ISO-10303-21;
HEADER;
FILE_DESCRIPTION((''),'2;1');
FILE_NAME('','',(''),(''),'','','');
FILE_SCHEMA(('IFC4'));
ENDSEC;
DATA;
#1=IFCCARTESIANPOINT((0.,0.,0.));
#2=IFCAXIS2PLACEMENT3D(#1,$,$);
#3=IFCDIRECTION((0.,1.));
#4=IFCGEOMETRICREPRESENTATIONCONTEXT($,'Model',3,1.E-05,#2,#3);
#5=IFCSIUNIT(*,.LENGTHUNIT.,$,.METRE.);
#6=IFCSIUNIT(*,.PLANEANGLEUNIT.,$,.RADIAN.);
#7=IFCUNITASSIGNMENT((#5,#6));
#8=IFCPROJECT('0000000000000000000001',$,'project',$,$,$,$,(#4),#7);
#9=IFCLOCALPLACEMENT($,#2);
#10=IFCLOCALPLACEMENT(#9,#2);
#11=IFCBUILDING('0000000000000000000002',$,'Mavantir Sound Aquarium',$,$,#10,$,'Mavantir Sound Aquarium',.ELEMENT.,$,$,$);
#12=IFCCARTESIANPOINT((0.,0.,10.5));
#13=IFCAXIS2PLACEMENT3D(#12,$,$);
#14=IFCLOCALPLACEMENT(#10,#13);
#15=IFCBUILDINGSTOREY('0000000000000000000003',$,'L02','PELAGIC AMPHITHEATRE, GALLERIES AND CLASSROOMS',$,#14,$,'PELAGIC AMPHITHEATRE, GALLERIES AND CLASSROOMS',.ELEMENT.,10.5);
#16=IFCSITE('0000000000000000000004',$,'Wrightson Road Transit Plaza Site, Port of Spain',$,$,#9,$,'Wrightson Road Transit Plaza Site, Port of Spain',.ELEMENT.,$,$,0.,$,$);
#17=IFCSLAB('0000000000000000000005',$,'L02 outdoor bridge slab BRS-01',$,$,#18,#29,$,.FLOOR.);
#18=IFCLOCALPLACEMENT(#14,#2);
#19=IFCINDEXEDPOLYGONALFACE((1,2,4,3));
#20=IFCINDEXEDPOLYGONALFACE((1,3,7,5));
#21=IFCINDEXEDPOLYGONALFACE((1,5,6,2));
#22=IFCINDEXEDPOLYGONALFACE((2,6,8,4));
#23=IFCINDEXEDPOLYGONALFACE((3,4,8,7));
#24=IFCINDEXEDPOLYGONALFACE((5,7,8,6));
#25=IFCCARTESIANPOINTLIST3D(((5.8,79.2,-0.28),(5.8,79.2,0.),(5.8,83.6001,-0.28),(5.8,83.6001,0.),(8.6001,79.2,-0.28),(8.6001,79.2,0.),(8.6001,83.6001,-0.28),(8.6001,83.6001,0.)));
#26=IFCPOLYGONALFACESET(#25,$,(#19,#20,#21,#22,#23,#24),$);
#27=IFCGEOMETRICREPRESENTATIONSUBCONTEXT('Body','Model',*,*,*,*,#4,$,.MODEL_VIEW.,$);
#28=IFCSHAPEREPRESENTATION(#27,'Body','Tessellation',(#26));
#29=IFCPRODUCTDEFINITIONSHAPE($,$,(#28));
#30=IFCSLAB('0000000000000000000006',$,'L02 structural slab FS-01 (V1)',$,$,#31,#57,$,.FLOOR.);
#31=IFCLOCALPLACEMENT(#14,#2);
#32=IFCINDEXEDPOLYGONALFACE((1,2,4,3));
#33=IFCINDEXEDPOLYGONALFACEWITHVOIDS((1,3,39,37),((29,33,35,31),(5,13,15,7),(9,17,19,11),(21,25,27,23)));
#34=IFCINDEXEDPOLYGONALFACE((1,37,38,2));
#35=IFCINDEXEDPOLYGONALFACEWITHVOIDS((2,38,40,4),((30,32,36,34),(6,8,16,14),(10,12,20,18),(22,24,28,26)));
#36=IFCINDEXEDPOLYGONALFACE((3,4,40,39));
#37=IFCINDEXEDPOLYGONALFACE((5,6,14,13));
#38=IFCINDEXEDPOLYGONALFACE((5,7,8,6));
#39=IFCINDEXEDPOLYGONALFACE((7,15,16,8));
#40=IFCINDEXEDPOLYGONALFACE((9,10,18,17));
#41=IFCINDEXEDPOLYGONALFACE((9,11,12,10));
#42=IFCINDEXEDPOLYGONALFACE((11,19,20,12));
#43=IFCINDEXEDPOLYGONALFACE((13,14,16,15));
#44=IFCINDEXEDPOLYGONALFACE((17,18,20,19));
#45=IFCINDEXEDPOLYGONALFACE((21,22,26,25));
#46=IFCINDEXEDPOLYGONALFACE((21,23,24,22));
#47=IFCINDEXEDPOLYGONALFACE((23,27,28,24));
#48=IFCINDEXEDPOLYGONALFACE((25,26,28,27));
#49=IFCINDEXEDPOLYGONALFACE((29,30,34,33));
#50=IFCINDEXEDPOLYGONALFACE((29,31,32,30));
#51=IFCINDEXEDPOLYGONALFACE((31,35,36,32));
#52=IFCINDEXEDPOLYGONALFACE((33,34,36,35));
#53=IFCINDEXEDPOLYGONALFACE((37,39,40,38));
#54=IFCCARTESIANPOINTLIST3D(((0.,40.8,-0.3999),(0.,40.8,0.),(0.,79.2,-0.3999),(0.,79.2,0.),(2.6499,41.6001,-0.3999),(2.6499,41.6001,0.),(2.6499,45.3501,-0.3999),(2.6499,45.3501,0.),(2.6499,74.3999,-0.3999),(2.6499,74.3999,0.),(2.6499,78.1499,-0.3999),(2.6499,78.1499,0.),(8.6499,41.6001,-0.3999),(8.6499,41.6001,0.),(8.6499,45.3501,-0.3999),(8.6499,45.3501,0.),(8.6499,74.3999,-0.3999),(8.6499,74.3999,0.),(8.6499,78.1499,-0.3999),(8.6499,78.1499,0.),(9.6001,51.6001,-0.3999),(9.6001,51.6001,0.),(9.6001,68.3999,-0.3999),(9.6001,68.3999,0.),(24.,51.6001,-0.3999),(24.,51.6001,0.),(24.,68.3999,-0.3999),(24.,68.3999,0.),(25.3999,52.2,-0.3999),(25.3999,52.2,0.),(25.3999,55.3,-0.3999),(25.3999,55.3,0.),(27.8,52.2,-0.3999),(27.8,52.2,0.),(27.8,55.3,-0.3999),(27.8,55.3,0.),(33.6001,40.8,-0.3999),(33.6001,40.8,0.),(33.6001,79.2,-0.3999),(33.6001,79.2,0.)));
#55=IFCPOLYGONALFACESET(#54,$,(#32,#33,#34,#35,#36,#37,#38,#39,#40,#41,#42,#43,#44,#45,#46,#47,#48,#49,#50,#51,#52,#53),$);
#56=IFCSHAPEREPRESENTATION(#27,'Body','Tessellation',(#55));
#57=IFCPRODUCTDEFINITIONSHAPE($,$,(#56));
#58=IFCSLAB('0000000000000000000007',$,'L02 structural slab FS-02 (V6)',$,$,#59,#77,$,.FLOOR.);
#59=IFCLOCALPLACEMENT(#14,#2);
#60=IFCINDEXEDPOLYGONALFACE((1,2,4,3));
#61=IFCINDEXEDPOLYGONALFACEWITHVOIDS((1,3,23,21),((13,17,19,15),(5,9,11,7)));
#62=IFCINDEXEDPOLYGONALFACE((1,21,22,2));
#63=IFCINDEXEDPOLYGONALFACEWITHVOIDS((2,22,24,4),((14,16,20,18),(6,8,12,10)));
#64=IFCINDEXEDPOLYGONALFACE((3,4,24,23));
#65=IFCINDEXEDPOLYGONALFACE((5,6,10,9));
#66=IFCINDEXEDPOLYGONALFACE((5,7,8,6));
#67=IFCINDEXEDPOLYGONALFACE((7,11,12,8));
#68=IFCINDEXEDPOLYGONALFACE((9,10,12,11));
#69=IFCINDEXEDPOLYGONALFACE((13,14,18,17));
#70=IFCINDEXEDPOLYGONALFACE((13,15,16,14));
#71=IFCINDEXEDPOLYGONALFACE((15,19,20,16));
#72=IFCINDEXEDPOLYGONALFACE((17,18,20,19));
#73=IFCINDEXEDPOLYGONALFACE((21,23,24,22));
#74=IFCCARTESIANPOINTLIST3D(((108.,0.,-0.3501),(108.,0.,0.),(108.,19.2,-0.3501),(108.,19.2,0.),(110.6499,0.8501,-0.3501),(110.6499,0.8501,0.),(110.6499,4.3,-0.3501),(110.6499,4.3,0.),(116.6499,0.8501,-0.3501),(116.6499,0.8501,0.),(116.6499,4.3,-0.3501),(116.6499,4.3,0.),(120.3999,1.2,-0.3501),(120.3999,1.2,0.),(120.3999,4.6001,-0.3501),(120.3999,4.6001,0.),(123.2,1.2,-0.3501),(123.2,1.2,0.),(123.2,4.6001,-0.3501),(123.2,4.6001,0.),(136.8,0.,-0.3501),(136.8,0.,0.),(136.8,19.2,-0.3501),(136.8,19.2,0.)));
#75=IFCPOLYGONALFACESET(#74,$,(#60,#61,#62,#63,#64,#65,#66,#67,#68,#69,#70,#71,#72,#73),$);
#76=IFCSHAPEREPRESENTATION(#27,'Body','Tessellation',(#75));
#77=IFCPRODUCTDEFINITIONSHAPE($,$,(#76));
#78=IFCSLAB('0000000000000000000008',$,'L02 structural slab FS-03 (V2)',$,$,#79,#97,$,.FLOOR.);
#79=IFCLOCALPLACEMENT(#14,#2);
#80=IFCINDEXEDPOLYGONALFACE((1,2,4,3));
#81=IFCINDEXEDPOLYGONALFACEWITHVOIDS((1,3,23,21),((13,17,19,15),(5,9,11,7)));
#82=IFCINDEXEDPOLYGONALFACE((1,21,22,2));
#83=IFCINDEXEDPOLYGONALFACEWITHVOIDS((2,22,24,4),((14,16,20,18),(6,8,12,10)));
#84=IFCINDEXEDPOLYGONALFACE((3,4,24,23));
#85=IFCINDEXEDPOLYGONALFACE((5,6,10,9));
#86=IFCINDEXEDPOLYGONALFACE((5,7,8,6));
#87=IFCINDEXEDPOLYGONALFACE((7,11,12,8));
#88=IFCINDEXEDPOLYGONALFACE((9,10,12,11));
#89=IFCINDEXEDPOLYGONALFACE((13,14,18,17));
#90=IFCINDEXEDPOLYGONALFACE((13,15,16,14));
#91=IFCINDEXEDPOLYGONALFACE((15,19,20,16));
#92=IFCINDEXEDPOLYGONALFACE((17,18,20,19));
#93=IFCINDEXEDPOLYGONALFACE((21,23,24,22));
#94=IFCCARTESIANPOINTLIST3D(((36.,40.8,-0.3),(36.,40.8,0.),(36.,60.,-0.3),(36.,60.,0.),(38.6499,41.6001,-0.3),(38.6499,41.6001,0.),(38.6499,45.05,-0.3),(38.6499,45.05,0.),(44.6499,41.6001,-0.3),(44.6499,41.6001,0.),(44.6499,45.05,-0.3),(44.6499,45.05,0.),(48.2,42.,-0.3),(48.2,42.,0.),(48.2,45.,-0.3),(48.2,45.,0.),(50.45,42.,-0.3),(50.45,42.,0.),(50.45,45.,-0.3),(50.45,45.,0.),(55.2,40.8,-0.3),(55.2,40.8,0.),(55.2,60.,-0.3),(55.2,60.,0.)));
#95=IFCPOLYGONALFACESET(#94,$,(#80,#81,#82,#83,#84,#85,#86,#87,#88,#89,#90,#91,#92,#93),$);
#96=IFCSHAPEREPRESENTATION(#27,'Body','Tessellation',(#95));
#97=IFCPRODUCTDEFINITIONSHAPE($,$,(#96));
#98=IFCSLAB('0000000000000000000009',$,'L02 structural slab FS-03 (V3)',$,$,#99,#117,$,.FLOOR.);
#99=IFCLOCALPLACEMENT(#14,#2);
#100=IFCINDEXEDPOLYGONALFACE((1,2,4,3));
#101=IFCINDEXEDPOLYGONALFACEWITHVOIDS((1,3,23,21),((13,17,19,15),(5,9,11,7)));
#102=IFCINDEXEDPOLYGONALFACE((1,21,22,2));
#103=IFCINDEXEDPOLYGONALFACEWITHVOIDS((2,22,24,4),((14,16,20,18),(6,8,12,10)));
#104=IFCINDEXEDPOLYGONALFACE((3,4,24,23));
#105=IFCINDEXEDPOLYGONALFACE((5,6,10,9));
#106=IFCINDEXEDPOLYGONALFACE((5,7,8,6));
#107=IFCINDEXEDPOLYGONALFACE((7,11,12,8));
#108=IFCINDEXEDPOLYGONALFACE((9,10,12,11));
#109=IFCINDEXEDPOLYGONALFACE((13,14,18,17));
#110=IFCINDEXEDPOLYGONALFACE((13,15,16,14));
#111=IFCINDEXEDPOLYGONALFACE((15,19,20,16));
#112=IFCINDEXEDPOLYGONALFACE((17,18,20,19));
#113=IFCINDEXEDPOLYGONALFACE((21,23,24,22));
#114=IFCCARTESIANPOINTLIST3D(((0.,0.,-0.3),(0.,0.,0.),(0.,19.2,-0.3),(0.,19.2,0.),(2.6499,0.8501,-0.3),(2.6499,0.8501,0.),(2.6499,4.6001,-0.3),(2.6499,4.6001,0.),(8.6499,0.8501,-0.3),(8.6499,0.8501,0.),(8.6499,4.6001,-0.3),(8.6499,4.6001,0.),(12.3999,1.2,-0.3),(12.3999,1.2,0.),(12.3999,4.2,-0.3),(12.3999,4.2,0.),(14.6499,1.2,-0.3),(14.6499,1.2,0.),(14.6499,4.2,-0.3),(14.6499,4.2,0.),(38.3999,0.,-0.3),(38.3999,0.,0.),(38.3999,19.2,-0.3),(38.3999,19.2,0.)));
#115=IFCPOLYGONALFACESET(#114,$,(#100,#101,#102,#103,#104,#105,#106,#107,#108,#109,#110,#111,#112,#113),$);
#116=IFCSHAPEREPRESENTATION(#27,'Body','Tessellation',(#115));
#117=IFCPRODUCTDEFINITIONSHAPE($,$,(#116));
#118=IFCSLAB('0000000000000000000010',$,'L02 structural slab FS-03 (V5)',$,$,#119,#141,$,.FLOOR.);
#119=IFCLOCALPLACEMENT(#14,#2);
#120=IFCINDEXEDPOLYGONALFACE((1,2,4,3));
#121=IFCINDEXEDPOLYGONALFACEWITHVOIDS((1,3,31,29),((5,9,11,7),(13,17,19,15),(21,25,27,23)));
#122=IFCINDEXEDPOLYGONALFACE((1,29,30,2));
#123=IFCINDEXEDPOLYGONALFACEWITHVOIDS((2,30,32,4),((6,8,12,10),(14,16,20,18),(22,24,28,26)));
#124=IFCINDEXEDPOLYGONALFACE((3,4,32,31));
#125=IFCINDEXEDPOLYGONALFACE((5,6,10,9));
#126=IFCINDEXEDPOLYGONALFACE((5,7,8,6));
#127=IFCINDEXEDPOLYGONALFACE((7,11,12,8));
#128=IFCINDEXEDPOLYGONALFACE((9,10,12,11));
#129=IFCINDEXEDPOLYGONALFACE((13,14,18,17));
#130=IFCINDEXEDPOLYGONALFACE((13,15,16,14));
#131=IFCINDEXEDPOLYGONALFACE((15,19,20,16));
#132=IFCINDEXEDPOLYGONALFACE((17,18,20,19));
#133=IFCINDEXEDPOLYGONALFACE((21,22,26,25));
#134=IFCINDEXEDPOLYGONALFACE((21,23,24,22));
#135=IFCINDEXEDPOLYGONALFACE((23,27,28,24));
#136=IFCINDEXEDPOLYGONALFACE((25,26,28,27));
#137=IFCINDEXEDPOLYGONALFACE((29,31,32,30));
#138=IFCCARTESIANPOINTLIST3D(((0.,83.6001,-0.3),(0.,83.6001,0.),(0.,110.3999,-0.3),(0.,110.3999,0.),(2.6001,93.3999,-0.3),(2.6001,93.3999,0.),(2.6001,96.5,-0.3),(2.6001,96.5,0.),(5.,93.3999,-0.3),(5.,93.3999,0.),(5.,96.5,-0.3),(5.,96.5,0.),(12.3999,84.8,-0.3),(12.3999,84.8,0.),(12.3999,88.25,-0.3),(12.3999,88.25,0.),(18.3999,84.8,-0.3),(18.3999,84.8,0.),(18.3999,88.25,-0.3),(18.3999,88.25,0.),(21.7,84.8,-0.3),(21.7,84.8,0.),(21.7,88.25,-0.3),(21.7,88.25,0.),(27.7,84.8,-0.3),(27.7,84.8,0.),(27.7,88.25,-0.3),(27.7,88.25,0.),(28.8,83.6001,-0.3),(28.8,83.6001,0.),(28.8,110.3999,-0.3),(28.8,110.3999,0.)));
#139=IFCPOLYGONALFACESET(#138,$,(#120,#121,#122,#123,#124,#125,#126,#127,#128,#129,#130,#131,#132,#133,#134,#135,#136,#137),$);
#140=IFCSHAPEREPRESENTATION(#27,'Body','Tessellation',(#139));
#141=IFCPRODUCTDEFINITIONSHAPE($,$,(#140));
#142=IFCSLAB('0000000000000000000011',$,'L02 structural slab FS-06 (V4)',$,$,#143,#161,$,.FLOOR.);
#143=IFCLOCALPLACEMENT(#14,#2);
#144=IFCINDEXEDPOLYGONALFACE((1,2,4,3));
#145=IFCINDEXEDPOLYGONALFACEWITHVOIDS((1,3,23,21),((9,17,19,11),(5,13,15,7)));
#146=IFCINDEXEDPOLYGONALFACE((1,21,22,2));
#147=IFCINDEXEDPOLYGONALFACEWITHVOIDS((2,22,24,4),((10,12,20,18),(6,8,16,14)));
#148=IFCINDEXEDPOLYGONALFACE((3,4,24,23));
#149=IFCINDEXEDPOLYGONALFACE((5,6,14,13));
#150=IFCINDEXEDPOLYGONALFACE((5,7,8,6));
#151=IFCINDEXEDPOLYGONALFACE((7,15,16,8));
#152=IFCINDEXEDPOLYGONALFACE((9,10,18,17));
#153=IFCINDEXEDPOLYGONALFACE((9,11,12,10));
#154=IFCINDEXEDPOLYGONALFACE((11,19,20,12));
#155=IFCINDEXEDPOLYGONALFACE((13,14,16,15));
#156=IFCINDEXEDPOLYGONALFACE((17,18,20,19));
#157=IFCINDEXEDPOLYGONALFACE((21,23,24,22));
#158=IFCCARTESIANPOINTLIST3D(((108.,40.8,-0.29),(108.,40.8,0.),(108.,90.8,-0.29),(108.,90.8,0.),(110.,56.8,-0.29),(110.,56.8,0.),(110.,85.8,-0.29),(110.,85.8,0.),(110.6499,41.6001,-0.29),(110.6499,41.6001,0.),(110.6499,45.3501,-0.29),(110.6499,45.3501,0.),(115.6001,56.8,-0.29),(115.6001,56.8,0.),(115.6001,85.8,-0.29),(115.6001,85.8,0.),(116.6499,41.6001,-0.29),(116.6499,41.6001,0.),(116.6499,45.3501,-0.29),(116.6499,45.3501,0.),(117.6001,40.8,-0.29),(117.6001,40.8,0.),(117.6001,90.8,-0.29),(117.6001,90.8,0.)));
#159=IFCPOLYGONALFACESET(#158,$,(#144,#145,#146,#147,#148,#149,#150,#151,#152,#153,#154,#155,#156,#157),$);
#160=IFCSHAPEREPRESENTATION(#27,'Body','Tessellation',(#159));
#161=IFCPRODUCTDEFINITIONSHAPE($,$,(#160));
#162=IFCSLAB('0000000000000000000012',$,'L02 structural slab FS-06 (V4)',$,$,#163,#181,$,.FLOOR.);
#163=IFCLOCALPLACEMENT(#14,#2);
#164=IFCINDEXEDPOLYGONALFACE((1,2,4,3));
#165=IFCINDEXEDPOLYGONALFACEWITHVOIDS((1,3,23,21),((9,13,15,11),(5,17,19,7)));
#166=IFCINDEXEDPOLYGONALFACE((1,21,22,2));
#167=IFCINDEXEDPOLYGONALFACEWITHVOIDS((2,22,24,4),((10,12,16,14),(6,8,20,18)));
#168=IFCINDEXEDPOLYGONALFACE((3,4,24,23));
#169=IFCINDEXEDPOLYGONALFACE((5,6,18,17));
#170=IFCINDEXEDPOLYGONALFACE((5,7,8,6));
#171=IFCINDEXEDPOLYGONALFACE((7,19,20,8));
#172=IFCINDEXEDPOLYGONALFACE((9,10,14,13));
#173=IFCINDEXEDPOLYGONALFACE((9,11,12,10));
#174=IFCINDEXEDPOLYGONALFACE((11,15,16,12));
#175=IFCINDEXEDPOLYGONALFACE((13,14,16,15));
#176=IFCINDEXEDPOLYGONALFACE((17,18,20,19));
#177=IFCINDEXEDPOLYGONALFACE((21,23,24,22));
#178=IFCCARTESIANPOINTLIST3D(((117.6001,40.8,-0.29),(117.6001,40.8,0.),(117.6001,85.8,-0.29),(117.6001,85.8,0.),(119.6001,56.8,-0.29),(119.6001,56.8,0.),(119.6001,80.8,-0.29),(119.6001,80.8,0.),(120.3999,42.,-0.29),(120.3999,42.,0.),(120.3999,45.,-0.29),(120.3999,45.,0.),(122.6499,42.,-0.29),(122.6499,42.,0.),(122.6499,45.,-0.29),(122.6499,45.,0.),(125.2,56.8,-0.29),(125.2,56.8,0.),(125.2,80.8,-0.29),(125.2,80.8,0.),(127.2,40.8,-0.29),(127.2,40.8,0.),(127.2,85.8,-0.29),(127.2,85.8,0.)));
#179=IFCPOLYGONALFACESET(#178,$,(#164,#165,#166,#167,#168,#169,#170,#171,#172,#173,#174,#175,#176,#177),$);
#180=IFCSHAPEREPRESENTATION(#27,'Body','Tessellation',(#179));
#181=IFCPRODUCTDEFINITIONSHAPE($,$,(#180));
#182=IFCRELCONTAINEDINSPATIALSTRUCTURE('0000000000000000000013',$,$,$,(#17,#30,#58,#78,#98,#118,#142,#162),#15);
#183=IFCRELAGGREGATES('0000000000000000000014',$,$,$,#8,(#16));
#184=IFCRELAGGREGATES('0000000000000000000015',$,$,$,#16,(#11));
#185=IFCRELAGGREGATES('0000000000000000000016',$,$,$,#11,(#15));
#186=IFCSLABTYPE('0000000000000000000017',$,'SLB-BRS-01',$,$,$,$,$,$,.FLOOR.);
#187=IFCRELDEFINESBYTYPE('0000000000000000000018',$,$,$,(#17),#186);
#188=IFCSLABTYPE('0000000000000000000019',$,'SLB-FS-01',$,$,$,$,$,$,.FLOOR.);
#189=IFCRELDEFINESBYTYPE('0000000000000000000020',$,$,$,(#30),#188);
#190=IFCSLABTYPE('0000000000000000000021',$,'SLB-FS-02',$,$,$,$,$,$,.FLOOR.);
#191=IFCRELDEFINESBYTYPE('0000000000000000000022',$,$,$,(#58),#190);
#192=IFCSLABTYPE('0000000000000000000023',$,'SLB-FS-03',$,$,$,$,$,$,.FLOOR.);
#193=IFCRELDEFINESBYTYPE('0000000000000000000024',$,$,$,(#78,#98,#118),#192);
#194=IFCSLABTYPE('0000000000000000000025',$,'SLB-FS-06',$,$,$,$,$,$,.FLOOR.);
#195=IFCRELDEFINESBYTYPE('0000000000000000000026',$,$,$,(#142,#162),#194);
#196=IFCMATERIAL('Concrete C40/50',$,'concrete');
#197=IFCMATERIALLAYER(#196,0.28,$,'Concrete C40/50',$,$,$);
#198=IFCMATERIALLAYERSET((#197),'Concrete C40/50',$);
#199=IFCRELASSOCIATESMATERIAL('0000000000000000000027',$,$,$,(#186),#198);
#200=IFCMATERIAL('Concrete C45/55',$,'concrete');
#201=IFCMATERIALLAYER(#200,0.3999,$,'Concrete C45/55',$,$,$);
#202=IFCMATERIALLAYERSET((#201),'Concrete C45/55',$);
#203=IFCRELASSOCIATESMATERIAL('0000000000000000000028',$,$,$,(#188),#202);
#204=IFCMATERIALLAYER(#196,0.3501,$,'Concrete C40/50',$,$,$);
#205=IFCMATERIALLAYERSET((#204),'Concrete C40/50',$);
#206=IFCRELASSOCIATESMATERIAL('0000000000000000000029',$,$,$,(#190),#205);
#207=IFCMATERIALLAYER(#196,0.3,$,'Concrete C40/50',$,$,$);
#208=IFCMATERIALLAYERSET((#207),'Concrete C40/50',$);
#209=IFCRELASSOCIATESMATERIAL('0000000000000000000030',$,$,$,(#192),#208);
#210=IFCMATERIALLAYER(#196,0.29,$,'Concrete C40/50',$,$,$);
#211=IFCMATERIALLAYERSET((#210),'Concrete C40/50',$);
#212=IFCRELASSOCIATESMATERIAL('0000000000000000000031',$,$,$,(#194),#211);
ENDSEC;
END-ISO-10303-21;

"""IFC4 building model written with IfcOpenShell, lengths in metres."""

from ifc_helpers import new_model, si_unit, direction, frame, origin, place, context, subcontext, project, spatial, polyline, outline, extrude, material, layer, layer_set, type_object, element, save


model = new_model("IFC4")

# Units and contexts
model_context = context("Model", 3, precision=1e-05, world=origin(), true_north=direction((0.0, 1.0)))
body_context = subcontext(model_context, "Body", "Model", "MODEL_VIEW")
ifc_project = project(units=[si_unit("LENGTHUNIT", "METRE"), si_unit("PLANEANGLEUNIT", "RADIAN")], contexts=[model_context])

# Site, building, storey
site_placement = place(None, origin())
site = spatial("IfcSite", under=ifc_project, at=site_placement, Name="Wrightson Road Transit Plaza Site, Port of Spain", LongName="Wrightson Road Transit Plaza Site, Port of Spain", CompositionType="ELEMENT", RefElevation=0.0)
building_placement = place(site_placement, origin())
building = spatial("IfcBuilding", under=site, at=building_placement, Name="Mavantir Sound Aquarium", LongName="Mavantir Sound Aquarium", CompositionType="ELEMENT")
storey_placement = place(building_placement, frame((0.0, 0.0, 10.5)))
storey = spatial("IfcBuildingStorey", under=building, at=storey_placement, Name="L02", Description="PELAGIC AMPHITHEATRE, GALLERIES AND CLASSROOMS", LongName="PELAGIC AMPHITHEATRE, GALLERIES AND CLASSROOMS", CompositionType="ELEMENT", Elevation=10.5)

# Slabs
ifc_material_1 = material(Name="Concrete C40/50", Category="concrete")
ifc_layer_1 = layer(ifc_material_1, 0.28, Name="Concrete C40/50")
ifc_layer_set_1 = layer_set([ifc_layer_1], Name="Concrete C40/50")
slab_type_1 = type_object("IfcSlabType", Name="SLB-BRS-01", PredefinedType="FLOOR", material=ifc_layer_set_1)
slab_1_placement = place(storey_placement, frame((0.0, 0.0, -0.28)))
element("IfcSlab", 1, at=slab_1_placement, inside=storey, type_object=slab_type_1, Name="L02 outdoor bridge slab BRS-01", PredefinedType="FLOOR", context=body_context, shape_type="SweptSolid", body=[
    extrude(outline(polyline([(5.8, 79.2), (8.6001, 79.2), (8.6001, 83.6001), (5.8, 83.6001), (5.8, 79.2)])), origin(), (0.0, 0.0, 1.0), 0.28),
])
ifc_material_2 = material(Name="Concrete C45/55", Category="concrete")
ifc_layer_2 = layer(ifc_material_2, 0.3999, Name="Concrete C45/55")
ifc_layer_set_2 = layer_set([ifc_layer_2], Name="Concrete C45/55")
slab_type_2 = type_object("IfcSlabType", Name="SLB-FS-01", PredefinedType="FLOOR", material=ifc_layer_set_2)
slab_2_placement = place(storey_placement, frame((0.0, 0.0, -0.3999)))
element("IfcSlab", 2, at=slab_2_placement, inside=storey, type_object=slab_type_2, Name="L02 structural slab FS-01 (V1)", PredefinedType="FLOOR", context=body_context, shape_type="SweptSolid", body=[
    extrude(outline(polyline([(33.6001, 40.8), (33.6001, 79.2), (0.0, 79.2), (0.0, 40.8), (33.6001, 40.8)]), holes=[polyline([(9.6001, 51.6001), (24.0, 51.6001), (24.0, 68.3999), (9.6001, 68.3999), (9.6001, 51.6001)]), polyline([(2.6499, 41.6001), (8.6499, 41.6001), (8.6499, 45.3501), (2.6499, 45.3501), (2.6499, 41.6001)]), polyline([(2.6499, 74.3999), (8.6499, 74.3999), (8.6499, 78.1499), (2.6499, 78.1499), (2.6499, 74.3999)]), polyline([(25.3999, 52.2), (27.8, 52.2), (27.8, 55.3), (25.3999, 55.3), (25.3999, 52.2)])]), origin(), (0.0, 0.0, 1.0), 0.3999),
])
ifc_layer_3 = layer(ifc_material_1, 0.3501, Name="Concrete C40/50")
ifc_layer_set_3 = layer_set([ifc_layer_3], Name="Concrete C40/50")
slab_type_3 = type_object("IfcSlabType", Name="SLB-FS-02", PredefinedType="FLOOR", material=ifc_layer_set_3)
slab_3_placement = place(storey_placement, frame((0.0, 0.0, -0.3501)))
element("IfcSlab", 3, at=slab_3_placement, inside=storey, type_object=slab_type_3, Name="L02 structural slab FS-02 (V6)", PredefinedType="FLOOR", context=body_context, shape_type="SweptSolid", body=[
    extrude(outline(polyline([(136.8, 0.0), (136.8, 19.2), (108.0, 19.2), (108.0, 0.0), (136.8, 0.0)]), holes=[polyline([(110.6499, 0.8501), (116.6499, 0.8501), (116.6499, 4.3), (110.6499, 4.3), (110.6499, 0.8501)]), polyline([(120.3999, 1.2), (123.2, 1.2), (123.2, 4.6001), (120.3999, 4.6001), (120.3999, 1.2)])]), origin(), (0.0, 0.0, 1.0), 0.3501),
])
ifc_layer_4 = layer(ifc_material_1, 0.3, Name="Concrete C40/50")
ifc_layer_set_4 = layer_set([ifc_layer_4], Name="Concrete C40/50")
slab_type_4 = type_object("IfcSlabType", Name="SLB-FS-03", PredefinedType="FLOOR", material=ifc_layer_set_4)
slab_4_placement = place(storey_placement, frame((0.0, 0.0, -0.3)))
element("IfcSlab", 4, at=slab_4_placement, inside=storey, type_object=slab_type_4, Name="L02 structural slab FS-03 (V2)", PredefinedType="FLOOR", context=body_context, shape_type="SweptSolid", body=[
    extrude(outline(polyline([(55.2, 40.8), (55.2, 60.0), (36.0, 60.0), (36.0, 40.8), (55.2, 40.8)]), holes=[polyline([(38.6499, 41.6001), (44.6499, 41.6001), (44.6499, 45.05), (38.6499, 45.05), (38.6499, 41.6001)]), polyline([(48.2, 42.0), (50.45, 42.0), (50.45, 45.0), (48.2, 45.0), (48.2, 42.0)])]), origin(), (0.0, 0.0, 1.0), 0.3),
])
slab_5_placement = place(storey_placement, frame((0.0, 0.0, -0.3)))
element("IfcSlab", 5, at=slab_5_placement, inside=storey, type_object=slab_type_4, Name="L02 structural slab FS-03 (V3)", PredefinedType="FLOOR", context=body_context, shape_type="SweptSolid", body=[
    extrude(outline(polyline([(38.3999, 0.0), (38.3999, 19.2), (0.0, 19.2), (0.0, 0.0), (38.3999, 0.0)]), holes=[polyline([(2.6499, 0.8501), (8.6499, 0.8501), (8.6499, 4.6001), (2.6499, 4.6001), (2.6499, 0.8501)]), polyline([(12.3999, 1.2), (14.6499, 1.2), (14.6499, 4.2), (12.3999, 4.2), (12.3999, 1.2)])]), origin(), (0.0, 0.0, 1.0), 0.3),
])
slab_6_placement = place(storey_placement, frame((0.0, 0.0, -0.3)))
element("IfcSlab", 6, at=slab_6_placement, inside=storey, type_object=slab_type_4, Name="L02 structural slab FS-03 (V5)", PredefinedType="FLOOR", context=body_context, shape_type="SweptSolid", body=[
    extrude(outline(polyline([(28.8, 83.6001), (28.8, 110.3999), (0.0, 110.3999), (0.0, 83.6001), (28.8, 83.6001)]), holes=[polyline([(12.3999, 84.8), (18.3999, 84.8), (18.3999, 88.25), (12.3999, 88.25), (12.3999, 84.8)]), polyline([(21.7, 84.8), (27.7, 84.8), (27.7, 88.25), (21.7, 88.25), (21.7, 84.8)]), polyline([(2.6001, 93.3999), (5.0, 93.3999), (5.0, 96.5), (2.6001, 96.5), (2.6001, 93.3999)])]), origin(), (0.0, 0.0, 1.0), 0.3),
])
ifc_layer_5 = layer(ifc_material_1, 0.29, Name="Concrete C40/50")
ifc_layer_set_5 = layer_set([ifc_layer_5], Name="Concrete C40/50")
slab_type_5 = type_object("IfcSlabType", Name="SLB-FS-06", PredefinedType="FLOOR", material=ifc_layer_set_5)
slab_7_placement = place(storey_placement, frame((0.0, 0.0, -0.29)))
element("IfcSlab", 7, at=slab_7_placement, inside=storey, type_object=slab_type_5, Name="L02 structural slab FS-06 (V4)", PredefinedType="FLOOR", context=body_context, shape_type="SweptSolid", body=[
    extrude(outline(polyline([(117.6001, 40.8), (117.6001, 90.8), (108.0, 90.8), (108.0, 40.8), (117.6001, 40.8)]), holes=[polyline([(110.0, 56.8), (115.6001, 56.8), (115.6001, 85.8), (110.0, 85.8), (110.0, 56.8)]), polyline([(110.6499, 41.6001), (116.6499, 41.6001), (116.6499, 45.3501), (110.6499, 45.3501), (110.6499, 41.6001)])]), origin(), (0.0, 0.0, 1.0), 0.29),
])
slab_8_placement = place(storey_placement, frame((0.0, 0.0, -0.29)))
element("IfcSlab", 8, at=slab_8_placement, inside=storey, type_object=slab_type_5, Name="L02 structural slab FS-06 (V4)", PredefinedType="FLOOR", context=body_context, shape_type="SweptSolid", body=[
    extrude(outline(polyline([(127.2, 40.8), (127.2, 85.8), (117.6001, 85.8), (117.6001, 40.8), (127.2, 40.8)]), holes=[polyline([(119.6001, 56.8), (125.2, 56.8), (125.2, 80.8), (119.6001, 80.8), (119.6001, 56.8)]), polyline([(120.3999, 42.0), (122.6499, 42.0), (122.6499, 45.0), (120.3999, 45.0), (120.3999, 42.0)])]), origin(), (0.0, 0.0, 1.0), 0.29),
])

save(model, "model.ifc")
